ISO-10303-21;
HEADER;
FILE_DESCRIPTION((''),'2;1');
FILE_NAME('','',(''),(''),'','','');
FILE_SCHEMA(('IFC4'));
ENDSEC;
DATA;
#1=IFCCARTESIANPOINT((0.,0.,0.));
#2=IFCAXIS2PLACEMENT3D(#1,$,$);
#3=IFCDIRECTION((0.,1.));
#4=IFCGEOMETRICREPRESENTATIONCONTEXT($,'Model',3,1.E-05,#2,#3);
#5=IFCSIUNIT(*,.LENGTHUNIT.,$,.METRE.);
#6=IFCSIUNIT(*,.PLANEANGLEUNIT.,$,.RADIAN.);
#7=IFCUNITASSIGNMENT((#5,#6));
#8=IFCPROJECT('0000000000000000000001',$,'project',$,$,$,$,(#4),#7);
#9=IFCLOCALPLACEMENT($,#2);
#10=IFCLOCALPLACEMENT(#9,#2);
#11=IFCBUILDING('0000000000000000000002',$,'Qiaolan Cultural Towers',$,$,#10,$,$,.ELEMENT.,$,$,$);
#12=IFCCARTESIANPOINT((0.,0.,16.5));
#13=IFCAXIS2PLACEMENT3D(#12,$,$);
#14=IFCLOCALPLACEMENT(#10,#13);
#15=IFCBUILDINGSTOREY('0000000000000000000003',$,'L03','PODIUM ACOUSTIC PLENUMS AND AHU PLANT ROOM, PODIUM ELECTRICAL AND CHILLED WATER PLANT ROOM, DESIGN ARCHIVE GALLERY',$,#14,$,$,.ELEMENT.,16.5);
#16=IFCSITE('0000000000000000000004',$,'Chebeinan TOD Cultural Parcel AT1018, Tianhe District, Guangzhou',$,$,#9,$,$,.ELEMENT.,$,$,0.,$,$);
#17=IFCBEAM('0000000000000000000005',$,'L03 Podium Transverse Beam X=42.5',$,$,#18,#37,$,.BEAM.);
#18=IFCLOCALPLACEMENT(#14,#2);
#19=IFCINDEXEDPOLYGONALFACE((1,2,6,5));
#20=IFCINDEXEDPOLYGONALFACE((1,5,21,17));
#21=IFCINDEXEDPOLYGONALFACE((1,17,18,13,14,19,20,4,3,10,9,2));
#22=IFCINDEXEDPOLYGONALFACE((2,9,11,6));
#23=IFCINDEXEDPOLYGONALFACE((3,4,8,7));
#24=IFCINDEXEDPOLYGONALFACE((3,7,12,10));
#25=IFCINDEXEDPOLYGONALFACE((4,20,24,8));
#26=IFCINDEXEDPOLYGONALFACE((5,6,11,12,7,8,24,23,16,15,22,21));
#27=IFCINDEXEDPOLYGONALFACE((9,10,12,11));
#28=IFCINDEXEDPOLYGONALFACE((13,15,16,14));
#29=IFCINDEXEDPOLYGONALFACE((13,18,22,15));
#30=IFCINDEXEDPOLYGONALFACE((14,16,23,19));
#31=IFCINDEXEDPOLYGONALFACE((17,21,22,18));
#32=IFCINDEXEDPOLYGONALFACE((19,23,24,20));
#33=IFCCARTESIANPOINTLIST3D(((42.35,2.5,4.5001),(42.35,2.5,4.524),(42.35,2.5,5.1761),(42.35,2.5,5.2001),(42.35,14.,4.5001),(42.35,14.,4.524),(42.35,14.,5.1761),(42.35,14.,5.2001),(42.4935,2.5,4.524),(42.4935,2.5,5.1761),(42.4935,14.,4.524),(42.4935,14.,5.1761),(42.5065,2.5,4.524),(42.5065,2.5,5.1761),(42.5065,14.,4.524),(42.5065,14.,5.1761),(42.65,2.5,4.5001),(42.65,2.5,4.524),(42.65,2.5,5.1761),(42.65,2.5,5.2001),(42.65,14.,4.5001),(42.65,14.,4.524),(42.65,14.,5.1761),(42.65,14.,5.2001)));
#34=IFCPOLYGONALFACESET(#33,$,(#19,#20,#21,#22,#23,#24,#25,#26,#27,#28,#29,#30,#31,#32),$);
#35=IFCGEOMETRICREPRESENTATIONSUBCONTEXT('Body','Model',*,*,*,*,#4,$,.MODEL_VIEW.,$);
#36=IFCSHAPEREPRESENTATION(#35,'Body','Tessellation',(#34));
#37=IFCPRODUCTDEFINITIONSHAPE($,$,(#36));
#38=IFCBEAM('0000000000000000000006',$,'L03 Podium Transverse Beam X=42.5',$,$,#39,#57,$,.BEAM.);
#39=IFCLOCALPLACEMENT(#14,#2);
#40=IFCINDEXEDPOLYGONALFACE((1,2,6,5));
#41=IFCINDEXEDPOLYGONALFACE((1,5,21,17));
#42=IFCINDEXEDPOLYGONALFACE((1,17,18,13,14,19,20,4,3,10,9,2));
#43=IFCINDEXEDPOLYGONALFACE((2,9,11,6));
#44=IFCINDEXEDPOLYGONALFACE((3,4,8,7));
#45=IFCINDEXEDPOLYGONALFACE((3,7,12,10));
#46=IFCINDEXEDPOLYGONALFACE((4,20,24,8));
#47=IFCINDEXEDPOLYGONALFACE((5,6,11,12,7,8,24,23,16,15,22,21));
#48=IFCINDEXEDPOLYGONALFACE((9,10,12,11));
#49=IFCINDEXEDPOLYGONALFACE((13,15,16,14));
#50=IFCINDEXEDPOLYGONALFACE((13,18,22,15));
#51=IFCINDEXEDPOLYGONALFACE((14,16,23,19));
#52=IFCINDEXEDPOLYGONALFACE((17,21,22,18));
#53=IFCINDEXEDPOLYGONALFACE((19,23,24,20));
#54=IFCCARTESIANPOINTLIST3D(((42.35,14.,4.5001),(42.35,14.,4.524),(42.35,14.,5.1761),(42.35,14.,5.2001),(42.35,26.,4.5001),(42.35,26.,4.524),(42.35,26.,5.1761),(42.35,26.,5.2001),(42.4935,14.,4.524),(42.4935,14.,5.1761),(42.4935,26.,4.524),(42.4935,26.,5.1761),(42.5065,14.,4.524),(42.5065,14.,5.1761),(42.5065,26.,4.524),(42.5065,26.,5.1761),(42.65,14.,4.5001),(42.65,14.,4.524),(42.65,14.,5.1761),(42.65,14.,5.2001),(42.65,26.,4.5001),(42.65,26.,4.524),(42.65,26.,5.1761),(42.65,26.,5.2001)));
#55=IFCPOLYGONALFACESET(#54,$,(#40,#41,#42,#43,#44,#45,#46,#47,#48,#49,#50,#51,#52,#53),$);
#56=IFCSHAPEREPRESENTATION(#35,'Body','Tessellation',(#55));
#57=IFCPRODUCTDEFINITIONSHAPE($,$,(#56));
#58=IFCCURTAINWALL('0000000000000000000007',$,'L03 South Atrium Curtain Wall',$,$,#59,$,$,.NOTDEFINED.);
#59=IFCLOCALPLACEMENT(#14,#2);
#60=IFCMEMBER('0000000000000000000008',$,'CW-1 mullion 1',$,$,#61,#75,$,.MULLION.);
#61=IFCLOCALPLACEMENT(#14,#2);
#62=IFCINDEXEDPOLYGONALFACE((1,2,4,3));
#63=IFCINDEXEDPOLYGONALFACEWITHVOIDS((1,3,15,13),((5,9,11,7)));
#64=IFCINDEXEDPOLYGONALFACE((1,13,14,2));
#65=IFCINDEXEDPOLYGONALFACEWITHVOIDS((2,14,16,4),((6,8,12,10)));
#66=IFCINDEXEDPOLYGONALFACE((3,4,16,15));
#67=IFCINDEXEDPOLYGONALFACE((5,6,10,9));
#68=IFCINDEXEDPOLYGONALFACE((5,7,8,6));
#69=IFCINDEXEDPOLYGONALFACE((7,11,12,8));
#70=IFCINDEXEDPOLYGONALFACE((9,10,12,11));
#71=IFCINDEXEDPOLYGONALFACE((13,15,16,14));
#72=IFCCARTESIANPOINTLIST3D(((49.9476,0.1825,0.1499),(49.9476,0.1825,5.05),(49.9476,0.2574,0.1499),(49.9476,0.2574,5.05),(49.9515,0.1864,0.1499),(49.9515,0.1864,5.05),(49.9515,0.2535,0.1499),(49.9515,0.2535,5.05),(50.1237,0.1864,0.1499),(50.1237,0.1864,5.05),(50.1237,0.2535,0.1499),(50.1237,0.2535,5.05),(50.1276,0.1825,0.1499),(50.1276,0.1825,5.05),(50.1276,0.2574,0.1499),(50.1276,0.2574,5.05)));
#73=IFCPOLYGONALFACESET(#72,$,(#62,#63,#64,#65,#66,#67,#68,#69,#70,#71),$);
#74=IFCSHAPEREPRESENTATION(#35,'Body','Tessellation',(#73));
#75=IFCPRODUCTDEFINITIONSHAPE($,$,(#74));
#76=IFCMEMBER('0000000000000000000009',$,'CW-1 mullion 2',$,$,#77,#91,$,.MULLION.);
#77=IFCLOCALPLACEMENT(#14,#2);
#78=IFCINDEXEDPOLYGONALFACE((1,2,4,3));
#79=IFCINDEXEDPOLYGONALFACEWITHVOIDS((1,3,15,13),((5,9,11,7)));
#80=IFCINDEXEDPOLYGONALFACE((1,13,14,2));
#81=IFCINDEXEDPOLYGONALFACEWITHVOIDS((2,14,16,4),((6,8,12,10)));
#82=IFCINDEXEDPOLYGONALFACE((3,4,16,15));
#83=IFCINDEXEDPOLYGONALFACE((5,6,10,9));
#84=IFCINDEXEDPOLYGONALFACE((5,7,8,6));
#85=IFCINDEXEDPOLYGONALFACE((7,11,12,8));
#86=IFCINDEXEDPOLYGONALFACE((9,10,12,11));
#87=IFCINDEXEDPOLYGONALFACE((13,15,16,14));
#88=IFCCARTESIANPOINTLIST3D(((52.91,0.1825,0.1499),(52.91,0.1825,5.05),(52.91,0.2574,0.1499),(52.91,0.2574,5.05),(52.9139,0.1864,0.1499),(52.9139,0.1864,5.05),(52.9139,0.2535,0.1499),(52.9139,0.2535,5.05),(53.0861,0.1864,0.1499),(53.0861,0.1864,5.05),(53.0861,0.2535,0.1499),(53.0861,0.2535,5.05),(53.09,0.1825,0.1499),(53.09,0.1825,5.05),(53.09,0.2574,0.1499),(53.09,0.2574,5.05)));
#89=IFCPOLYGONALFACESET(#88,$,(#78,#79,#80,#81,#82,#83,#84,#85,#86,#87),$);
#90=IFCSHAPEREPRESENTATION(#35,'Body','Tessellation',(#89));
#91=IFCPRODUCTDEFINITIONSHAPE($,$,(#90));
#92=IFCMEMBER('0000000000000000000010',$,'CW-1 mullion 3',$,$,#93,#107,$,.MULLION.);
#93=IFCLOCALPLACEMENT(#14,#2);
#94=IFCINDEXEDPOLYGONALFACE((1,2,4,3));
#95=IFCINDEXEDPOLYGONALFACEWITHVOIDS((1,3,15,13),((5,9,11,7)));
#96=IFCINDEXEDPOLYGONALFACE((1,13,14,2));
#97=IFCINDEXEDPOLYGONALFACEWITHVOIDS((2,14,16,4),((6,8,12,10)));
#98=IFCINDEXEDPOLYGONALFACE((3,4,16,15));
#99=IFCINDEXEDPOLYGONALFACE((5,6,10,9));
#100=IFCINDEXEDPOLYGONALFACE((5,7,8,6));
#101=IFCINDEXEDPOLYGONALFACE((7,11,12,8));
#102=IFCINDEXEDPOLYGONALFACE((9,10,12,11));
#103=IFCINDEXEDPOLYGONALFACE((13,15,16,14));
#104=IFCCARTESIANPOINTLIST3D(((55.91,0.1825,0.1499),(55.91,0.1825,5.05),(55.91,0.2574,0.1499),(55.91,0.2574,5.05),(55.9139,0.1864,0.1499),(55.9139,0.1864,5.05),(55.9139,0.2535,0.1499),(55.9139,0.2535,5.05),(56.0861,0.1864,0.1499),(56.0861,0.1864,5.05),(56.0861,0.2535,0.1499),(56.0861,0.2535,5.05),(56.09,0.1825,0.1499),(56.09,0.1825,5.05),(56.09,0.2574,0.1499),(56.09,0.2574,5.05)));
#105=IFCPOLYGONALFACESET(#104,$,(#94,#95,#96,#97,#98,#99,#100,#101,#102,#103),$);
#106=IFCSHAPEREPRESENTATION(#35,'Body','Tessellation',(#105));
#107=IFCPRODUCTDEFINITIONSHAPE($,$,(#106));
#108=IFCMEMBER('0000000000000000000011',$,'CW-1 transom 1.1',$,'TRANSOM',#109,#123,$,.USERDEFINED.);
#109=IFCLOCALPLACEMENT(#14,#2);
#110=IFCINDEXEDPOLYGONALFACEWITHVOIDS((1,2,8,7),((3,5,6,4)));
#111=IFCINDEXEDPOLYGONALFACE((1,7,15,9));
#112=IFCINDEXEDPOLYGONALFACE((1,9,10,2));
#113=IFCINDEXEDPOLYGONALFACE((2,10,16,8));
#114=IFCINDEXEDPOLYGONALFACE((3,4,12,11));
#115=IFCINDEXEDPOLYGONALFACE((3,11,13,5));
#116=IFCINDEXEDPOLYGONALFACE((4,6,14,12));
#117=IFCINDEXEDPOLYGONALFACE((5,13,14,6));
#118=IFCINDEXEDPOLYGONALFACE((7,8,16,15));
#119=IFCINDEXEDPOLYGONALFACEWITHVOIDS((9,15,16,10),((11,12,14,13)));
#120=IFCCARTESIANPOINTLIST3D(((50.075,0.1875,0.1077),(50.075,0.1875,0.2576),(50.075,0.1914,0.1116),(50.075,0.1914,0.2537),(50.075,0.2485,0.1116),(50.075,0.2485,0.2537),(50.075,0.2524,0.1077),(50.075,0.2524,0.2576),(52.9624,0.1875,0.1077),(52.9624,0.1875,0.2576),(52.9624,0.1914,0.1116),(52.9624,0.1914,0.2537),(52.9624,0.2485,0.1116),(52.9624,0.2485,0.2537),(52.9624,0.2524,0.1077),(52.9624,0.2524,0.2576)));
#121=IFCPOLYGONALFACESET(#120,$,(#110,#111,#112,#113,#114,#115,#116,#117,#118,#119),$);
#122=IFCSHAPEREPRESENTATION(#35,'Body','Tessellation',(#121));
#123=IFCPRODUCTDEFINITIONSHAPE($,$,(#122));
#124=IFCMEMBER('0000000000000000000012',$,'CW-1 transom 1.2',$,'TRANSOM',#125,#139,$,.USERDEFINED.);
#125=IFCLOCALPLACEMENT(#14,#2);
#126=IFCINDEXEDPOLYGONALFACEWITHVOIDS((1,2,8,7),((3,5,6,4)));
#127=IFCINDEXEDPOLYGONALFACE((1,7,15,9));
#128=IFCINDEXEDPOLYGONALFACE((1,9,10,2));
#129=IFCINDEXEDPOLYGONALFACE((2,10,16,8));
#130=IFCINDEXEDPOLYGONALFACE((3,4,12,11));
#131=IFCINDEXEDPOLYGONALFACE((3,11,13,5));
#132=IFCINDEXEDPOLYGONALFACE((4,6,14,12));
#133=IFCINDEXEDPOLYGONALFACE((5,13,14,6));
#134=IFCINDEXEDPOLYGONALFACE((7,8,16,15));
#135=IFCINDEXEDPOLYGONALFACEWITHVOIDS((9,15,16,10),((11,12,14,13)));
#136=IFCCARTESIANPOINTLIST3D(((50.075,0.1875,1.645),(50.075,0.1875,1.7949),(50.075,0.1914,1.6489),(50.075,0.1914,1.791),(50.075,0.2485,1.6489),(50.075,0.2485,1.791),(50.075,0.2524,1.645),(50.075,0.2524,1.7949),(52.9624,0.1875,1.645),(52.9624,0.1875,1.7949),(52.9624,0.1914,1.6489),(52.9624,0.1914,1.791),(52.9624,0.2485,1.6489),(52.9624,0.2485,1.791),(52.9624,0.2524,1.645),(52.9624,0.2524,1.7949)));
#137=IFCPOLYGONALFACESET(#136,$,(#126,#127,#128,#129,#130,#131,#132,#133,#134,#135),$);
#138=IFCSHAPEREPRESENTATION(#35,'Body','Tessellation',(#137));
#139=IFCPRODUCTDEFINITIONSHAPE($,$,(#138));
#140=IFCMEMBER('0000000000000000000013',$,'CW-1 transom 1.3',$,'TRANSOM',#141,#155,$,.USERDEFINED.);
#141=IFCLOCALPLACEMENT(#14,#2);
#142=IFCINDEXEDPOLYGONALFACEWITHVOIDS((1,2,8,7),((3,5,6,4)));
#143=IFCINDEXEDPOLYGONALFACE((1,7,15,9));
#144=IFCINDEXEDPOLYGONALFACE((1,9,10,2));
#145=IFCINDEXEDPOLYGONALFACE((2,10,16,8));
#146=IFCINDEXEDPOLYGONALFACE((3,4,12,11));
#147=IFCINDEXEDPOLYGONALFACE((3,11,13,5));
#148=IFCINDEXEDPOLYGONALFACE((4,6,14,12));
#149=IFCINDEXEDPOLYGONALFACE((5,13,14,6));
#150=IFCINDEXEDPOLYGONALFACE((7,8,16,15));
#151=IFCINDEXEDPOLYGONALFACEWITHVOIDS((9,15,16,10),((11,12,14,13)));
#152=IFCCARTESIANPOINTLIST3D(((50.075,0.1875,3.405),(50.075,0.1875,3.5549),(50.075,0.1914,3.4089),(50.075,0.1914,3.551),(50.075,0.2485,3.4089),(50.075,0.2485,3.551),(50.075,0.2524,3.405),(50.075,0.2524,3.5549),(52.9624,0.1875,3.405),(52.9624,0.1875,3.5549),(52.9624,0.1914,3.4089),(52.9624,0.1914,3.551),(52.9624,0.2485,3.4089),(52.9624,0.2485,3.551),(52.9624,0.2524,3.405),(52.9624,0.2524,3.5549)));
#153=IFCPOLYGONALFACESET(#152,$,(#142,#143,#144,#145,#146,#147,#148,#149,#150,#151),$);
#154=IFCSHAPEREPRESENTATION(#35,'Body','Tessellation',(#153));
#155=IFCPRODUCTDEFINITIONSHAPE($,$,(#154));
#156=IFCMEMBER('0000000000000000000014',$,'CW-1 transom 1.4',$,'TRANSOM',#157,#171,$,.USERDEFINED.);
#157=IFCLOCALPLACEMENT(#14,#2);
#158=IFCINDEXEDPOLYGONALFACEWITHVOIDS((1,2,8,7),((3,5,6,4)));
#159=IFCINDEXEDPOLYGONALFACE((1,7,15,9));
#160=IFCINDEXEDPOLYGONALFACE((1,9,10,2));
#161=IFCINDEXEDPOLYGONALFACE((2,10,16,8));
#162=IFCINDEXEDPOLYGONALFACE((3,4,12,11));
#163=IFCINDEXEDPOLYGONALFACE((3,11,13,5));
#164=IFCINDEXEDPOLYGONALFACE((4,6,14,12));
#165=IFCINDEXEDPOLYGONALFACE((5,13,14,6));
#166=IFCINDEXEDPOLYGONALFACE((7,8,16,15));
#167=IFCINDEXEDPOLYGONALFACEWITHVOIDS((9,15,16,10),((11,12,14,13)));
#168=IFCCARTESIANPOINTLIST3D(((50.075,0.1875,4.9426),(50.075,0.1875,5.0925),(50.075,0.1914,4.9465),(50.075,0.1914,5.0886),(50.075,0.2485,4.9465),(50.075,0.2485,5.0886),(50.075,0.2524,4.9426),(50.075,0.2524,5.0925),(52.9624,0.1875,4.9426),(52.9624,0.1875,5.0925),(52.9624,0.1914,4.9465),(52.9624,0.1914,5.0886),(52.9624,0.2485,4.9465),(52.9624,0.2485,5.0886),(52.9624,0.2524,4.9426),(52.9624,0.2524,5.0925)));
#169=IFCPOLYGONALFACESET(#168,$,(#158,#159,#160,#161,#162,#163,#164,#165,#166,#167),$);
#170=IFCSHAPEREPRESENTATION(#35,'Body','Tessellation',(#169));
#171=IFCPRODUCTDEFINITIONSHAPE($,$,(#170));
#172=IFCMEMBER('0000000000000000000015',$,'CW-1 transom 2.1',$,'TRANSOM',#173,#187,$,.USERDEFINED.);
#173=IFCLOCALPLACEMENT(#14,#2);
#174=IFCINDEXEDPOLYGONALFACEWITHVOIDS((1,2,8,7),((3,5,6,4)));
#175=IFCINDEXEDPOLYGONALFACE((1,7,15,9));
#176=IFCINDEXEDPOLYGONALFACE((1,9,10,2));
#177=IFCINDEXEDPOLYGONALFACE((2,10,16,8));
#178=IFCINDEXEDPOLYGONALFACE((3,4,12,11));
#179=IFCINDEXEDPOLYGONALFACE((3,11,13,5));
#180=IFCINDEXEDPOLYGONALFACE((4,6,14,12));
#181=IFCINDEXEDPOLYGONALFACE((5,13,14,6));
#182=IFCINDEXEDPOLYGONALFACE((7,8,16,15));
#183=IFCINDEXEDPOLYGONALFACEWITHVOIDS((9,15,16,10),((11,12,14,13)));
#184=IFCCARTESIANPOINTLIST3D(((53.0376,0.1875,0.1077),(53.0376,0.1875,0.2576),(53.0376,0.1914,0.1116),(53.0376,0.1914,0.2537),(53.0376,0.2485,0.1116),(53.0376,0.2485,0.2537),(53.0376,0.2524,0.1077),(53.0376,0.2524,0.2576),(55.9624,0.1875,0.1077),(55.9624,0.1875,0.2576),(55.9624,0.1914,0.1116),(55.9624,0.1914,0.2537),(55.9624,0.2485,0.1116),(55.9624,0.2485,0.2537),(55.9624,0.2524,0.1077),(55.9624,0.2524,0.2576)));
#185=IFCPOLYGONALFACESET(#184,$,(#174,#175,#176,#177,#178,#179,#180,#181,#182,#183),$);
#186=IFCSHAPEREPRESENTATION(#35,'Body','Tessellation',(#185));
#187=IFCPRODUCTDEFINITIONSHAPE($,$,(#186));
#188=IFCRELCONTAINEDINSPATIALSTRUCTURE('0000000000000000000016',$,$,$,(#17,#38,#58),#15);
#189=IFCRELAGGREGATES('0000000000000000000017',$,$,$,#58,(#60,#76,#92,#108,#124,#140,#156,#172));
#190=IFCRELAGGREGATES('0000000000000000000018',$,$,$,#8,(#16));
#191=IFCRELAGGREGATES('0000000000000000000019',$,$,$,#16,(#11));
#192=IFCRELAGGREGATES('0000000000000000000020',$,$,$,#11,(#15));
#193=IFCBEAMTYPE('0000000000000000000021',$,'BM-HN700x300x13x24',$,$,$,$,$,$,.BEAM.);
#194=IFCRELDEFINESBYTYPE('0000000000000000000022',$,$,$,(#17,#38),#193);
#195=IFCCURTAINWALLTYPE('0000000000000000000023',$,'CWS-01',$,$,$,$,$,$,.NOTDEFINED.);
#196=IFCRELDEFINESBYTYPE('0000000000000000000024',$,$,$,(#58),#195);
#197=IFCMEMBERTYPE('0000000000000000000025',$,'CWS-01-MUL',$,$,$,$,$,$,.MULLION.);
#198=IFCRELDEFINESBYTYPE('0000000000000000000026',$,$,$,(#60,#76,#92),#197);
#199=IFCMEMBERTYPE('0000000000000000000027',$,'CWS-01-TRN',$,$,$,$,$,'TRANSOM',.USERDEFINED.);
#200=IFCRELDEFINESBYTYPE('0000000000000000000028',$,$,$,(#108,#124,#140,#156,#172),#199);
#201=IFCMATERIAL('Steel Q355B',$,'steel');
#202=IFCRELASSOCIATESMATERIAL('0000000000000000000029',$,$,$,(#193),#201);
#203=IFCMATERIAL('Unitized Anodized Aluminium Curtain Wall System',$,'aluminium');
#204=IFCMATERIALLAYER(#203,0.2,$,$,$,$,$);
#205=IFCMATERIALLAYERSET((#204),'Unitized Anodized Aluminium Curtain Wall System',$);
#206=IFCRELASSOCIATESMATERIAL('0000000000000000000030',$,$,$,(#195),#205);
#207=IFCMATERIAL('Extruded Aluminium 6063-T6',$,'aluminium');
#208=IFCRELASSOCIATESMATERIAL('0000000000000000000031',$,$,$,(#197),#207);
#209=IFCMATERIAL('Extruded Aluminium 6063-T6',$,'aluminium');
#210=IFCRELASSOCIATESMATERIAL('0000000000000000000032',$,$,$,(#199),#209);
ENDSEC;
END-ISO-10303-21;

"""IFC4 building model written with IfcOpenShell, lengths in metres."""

from ifc_helpers import new_model, si_unit, direction, frame, origin, origin_2d, place, context, subcontext, project, spatial, hollow_rectangle, i_section, extrude, material, layer, layer_set, material_profile, profile_set, type_object, element, aggregate, save


model = new_model("IFC4")

# Units and contexts
model_context = context("Model", 3, precision=1e-05, world=origin(), true_north=direction((0.0, 1.0)))
body_context = subcontext(model_context, "Body", "Model", "MODEL_VIEW")
ifc_project = project(units=[si_unit("LENGTHUNIT", "METRE"), si_unit("PLANEANGLEUNIT", "RADIAN")], contexts=[model_context])

# Site, building, storey
site_placement = place(None, origin())
site = spatial("IfcSite", under=ifc_project, at=site_placement, Name="Chebeinan TOD Cultural Parcel AT1018, Tianhe District, Guangzhou", CompositionType="ELEMENT", RefElevation=0.0)
building_placement = place(site_placement, origin())
building = spatial("IfcBuilding", under=site, at=building_placement, Name="Qiaolan Cultural Towers", CompositionType="ELEMENT")
storey_placement = place(building_placement, frame((0.0, 0.0, 16.5)))
storey = spatial("IfcBuildingStorey", under=building, at=storey_placement, Name="L03", Description="PODIUM ACOUSTIC PLENUMS AND AHU PLANT ROOM, PODIUM ELECTRICAL AND CHILLED WATER PLANT ROOM, DESIGN ARCHIVE GALLERY", CompositionType="ELEMENT", Elevation=16.5)

# Beams
ifc_material_1 = material(Name="Steel Q355B", Category="steel")
ifc_material_profile_1 = material_profile(ifc_material_1, i_section(OverallWidth=0.3, OverallDepth=0.7, WebThickness=0.0129, FlangeThickness=0.0239, at=origin_2d()), Name="HN700x300x13x24")
ifc_profile_set_1 = profile_set([ifc_material_profile_1], Name="Steel Q355B")
beam_type_1 = type_object("IfcBeamType", Name="BM-HN700x300x13x24", PredefinedType="BEAM", material=ifc_profile_set_1)
beam_1_placement = place(storey_placement, frame((42.5, 2.5, 4.8501), z_axis=(0.0, 1.0, 0.0), x_axis=(-1.0, 0.0, 0.0)))
element("IfcBeam", 1, at=beam_1_placement, inside=storey, type_object=beam_type_1, Name="L03 Podium Transverse Beam X=42.5", PredefinedType="BEAM", context=body_context, shape_type="SweptSolid", body=[
    extrude(i_section(OverallWidth=0.3, OverallDepth=0.7, WebThickness=0.0129, FlangeThickness=0.0239, at=origin_2d()), origin(), (0.0, 0.0, 1.0), 11.5),
])
beam_2_placement = place(storey_placement, frame((42.5, 14.0, 4.8501), z_axis=(0.0, 1.0, 0.0), x_axis=(-1.0, 0.0, 0.0)))
element("IfcBeam", 2, at=beam_2_placement, inside=storey, type_object=beam_type_1, Name="L03 Podium Transverse Beam X=42.5", PredefinedType="BEAM", context=body_context, shape_type="SweptSolid", body=[
    extrude(i_section(OverallWidth=0.3, OverallDepth=0.7, WebThickness=0.0129, FlangeThickness=0.0239, at=origin_2d()), origin(), (0.0, 0.0, 1.0), 12.0),
])

# Curtain wall, members
ifc_material_2 = material(Name="Unitized Anodized Aluminium Curtain Wall System", Category="aluminium")
ifc_layer_1 = layer(ifc_material_2, 0.2)
ifc_layer_set_1 = layer_set([ifc_layer_1], Name="Unitized Anodized Aluminium Curtain Wall System")
curtain_wall_type = type_object("IfcCurtainWallType", Name="CWS-01", PredefinedType="NOTDEFINED", material=ifc_layer_set_1)
curtain_wall_placement = place(storey_placement, origin())
curtain_wall = element("IfcCurtainWall", 3, at=curtain_wall_placement, inside=storey, type_object=curtain_wall_type, Name="L03 South Atrium Curtain Wall", PredefinedType="NOTDEFINED")
ifc_material_3 = material(Name="Extruded Aluminium 6063-T6", Category="aluminium")
ifc_material_profile_2 = material_profile(ifc_material_3, hollow_rectangle(XDim=0.075, YDim=0.1799, WallThickness=0.0039, at=origin_2d()), Name="CWM-180x75x4")
ifc_profile_set_2 = profile_set([ifc_material_profile_2], Name="Extruded Aluminium 6063-T6")
member_type_1 = type_object("IfcMemberType", Name="CWS-01-MUL", PredefinedType="MULLION", material=ifc_profile_set_2)
member_1_placement = place(storey_placement, frame((50.0376, 0.22, 0.1499), z_axis=(0.0, 0.0, 1.0), x_axis=(0.0, 1.0, 0.0)))
member_1 = element("IfcMember", 4, at=member_1_placement, type_object=member_type_1, Name="CW-1 mullion 1", PredefinedType="MULLION", context=body_context, shape_type="SweptSolid", body=[
    extrude(hollow_rectangle(XDim=0.075, YDim=0.1799, WallThickness=0.0039, at=origin_2d()), origin(), (0.0, 0.0, 1.0), 4.9001),
])
member_2_placement = place(storey_placement, frame((53.0, 0.22, 0.1499), z_axis=(0.0, 0.0, 1.0), x_axis=(0.0, 1.0, 0.0)))
member_2 = element("IfcMember", 5, at=member_2_placement, type_object=member_type_1, Name="CW-1 mullion 2", PredefinedType="MULLION", context=body_context, shape_type="SweptSolid", body=[
    extrude(hollow_rectangle(XDim=0.075, YDim=0.1799, WallThickness=0.0039, at=origin_2d()), origin(), (0.0, 0.0, 1.0), 4.9001),
])
member_3_placement = place(storey_placement, frame((56.0, 0.22, 0.1499), z_axis=(0.0, 0.0, 1.0), x_axis=(0.0, 1.0, 0.0)))
member_3 = element("IfcMember", 6, at=member_3_placement, type_object=member_type_1, Name="CW-1 mullion 3", PredefinedType="MULLION", context=body_context, shape_type="SweptSolid", body=[
    extrude(hollow_rectangle(XDim=0.075, YDim=0.1799, WallThickness=0.0039, at=origin_2d()), origin(), (0.0, 0.0, 1.0), 4.9001),
])
ifc_material_4 = material(Name="Extruded Aluminium 6063-T6", Category="aluminium")
ifc_material_profile_3 = material_profile(ifc_material_4, hollow_rectangle(XDim=0.0649, YDim=0.1499, WallThickness=0.0039, at=origin_2d()), Name="CWT-150x65x4")
ifc_profile_set_3 = profile_set([ifc_material_profile_3], Name="Extruded Aluminium 6063-T6")
member_type_2 = type_object("IfcMemberType", Name="CWS-01-TRN", ElementType="TRANSOM", PredefinedType="USERDEFINED", material=ifc_profile_set_3)
member_4_placement = place(storey_placement, frame((50.075, 0.22, 0.1826), z_axis=(1.0, 0.0, 0.0), x_axis=(0.0, 1.0, 0.0)))
member_4 = element("IfcMember", 7, at=member_4_placement, type_object=member_type_2, Name="CW-1 transom 1.1", ObjectType="TRANSOM", PredefinedType="USERDEFINED", context=body_context, shape_type="SweptSolid", body=[
    extrude(hollow_rectangle(XDim=0.0649, YDim=0.1499, WallThickness=0.0039, at=origin_2d()), origin(), (0.0, 0.0, 1.0), 2.8875),
])
member_5_placement = place(storey_placement, frame((50.075, 0.22, 1.72), z_axis=(1.0, 0.0, 0.0), x_axis=(0.0, 1.0, 0.0)))
member_5 = element("IfcMember", 8, at=member_5_placement, type_object=member_type_2, Name="CW-1 transom 1.2", ObjectType="TRANSOM", PredefinedType="USERDEFINED", context=body_context, shape_type="SweptSolid", body=[
    extrude(hollow_rectangle(XDim=0.0649, YDim=0.1499, WallThickness=0.0039, at=origin_2d()), origin(), (0.0, 0.0, 1.0), 2.8875),
])
member_6_placement = place(storey_placement, frame((50.075, 0.22, 3.48), z_axis=(1.0, 0.0, 0.0), x_axis=(0.0, 1.0, 0.0)))
member_6 = element("IfcMember", 9, at=member_6_placement, type_object=member_type_2, Name="CW-1 transom 1.3", ObjectType="TRANSOM", PredefinedType="USERDEFINED", context=body_context, shape_type="SweptSolid", body=[
    extrude(hollow_rectangle(XDim=0.0649, YDim=0.1499, WallThickness=0.0039, at=origin_2d()), origin(), (0.0, 0.0, 1.0), 2.8875),
])
member_7_placement = place(storey_placement, frame((50.075, 0.22, 5.0176), z_axis=(1.0, 0.0, 0.0), x_axis=(0.0, 1.0, 0.0)))
member_7 = element("IfcMember", 10, at=member_7_placement, type_object=member_type_2, Name="CW-1 transom 1.4", ObjectType="TRANSOM", PredefinedType="USERDEFINED", context=body_context, shape_type="SweptSolid", body=[
    extrude(hollow_rectangle(XDim=0.0649, YDim=0.1499, WallThickness=0.0039, at=origin_2d()), origin(), (0.0, 0.0, 1.0), 2.8875),
])
member_8_placement = place(storey_placement, frame((53.0376, 0.22, 0.1826), z_axis=(1.0, 0.0, 0.0), x_axis=(0.0, 1.0, 0.0)))
member_8 = element("IfcMember", 11, at=member_8_placement, type_object=member_type_2, Name="CW-1 transom 2.1", ObjectType="TRANSOM", PredefinedType="USERDEFINED", context=body_context, shape_type="SweptSolid", body=[
    extrude(hollow_rectangle(XDim=0.0649, YDim=0.1499, WallThickness=0.0039, at=origin_2d()), origin(), (0.0, 0.0, 1.0), 2.9248),
])

aggregate(curtain_wall, [member_1, member_2, member_3, member_4, member_5, member_6, member_7, member_8])

save(model, "model.ifc")
